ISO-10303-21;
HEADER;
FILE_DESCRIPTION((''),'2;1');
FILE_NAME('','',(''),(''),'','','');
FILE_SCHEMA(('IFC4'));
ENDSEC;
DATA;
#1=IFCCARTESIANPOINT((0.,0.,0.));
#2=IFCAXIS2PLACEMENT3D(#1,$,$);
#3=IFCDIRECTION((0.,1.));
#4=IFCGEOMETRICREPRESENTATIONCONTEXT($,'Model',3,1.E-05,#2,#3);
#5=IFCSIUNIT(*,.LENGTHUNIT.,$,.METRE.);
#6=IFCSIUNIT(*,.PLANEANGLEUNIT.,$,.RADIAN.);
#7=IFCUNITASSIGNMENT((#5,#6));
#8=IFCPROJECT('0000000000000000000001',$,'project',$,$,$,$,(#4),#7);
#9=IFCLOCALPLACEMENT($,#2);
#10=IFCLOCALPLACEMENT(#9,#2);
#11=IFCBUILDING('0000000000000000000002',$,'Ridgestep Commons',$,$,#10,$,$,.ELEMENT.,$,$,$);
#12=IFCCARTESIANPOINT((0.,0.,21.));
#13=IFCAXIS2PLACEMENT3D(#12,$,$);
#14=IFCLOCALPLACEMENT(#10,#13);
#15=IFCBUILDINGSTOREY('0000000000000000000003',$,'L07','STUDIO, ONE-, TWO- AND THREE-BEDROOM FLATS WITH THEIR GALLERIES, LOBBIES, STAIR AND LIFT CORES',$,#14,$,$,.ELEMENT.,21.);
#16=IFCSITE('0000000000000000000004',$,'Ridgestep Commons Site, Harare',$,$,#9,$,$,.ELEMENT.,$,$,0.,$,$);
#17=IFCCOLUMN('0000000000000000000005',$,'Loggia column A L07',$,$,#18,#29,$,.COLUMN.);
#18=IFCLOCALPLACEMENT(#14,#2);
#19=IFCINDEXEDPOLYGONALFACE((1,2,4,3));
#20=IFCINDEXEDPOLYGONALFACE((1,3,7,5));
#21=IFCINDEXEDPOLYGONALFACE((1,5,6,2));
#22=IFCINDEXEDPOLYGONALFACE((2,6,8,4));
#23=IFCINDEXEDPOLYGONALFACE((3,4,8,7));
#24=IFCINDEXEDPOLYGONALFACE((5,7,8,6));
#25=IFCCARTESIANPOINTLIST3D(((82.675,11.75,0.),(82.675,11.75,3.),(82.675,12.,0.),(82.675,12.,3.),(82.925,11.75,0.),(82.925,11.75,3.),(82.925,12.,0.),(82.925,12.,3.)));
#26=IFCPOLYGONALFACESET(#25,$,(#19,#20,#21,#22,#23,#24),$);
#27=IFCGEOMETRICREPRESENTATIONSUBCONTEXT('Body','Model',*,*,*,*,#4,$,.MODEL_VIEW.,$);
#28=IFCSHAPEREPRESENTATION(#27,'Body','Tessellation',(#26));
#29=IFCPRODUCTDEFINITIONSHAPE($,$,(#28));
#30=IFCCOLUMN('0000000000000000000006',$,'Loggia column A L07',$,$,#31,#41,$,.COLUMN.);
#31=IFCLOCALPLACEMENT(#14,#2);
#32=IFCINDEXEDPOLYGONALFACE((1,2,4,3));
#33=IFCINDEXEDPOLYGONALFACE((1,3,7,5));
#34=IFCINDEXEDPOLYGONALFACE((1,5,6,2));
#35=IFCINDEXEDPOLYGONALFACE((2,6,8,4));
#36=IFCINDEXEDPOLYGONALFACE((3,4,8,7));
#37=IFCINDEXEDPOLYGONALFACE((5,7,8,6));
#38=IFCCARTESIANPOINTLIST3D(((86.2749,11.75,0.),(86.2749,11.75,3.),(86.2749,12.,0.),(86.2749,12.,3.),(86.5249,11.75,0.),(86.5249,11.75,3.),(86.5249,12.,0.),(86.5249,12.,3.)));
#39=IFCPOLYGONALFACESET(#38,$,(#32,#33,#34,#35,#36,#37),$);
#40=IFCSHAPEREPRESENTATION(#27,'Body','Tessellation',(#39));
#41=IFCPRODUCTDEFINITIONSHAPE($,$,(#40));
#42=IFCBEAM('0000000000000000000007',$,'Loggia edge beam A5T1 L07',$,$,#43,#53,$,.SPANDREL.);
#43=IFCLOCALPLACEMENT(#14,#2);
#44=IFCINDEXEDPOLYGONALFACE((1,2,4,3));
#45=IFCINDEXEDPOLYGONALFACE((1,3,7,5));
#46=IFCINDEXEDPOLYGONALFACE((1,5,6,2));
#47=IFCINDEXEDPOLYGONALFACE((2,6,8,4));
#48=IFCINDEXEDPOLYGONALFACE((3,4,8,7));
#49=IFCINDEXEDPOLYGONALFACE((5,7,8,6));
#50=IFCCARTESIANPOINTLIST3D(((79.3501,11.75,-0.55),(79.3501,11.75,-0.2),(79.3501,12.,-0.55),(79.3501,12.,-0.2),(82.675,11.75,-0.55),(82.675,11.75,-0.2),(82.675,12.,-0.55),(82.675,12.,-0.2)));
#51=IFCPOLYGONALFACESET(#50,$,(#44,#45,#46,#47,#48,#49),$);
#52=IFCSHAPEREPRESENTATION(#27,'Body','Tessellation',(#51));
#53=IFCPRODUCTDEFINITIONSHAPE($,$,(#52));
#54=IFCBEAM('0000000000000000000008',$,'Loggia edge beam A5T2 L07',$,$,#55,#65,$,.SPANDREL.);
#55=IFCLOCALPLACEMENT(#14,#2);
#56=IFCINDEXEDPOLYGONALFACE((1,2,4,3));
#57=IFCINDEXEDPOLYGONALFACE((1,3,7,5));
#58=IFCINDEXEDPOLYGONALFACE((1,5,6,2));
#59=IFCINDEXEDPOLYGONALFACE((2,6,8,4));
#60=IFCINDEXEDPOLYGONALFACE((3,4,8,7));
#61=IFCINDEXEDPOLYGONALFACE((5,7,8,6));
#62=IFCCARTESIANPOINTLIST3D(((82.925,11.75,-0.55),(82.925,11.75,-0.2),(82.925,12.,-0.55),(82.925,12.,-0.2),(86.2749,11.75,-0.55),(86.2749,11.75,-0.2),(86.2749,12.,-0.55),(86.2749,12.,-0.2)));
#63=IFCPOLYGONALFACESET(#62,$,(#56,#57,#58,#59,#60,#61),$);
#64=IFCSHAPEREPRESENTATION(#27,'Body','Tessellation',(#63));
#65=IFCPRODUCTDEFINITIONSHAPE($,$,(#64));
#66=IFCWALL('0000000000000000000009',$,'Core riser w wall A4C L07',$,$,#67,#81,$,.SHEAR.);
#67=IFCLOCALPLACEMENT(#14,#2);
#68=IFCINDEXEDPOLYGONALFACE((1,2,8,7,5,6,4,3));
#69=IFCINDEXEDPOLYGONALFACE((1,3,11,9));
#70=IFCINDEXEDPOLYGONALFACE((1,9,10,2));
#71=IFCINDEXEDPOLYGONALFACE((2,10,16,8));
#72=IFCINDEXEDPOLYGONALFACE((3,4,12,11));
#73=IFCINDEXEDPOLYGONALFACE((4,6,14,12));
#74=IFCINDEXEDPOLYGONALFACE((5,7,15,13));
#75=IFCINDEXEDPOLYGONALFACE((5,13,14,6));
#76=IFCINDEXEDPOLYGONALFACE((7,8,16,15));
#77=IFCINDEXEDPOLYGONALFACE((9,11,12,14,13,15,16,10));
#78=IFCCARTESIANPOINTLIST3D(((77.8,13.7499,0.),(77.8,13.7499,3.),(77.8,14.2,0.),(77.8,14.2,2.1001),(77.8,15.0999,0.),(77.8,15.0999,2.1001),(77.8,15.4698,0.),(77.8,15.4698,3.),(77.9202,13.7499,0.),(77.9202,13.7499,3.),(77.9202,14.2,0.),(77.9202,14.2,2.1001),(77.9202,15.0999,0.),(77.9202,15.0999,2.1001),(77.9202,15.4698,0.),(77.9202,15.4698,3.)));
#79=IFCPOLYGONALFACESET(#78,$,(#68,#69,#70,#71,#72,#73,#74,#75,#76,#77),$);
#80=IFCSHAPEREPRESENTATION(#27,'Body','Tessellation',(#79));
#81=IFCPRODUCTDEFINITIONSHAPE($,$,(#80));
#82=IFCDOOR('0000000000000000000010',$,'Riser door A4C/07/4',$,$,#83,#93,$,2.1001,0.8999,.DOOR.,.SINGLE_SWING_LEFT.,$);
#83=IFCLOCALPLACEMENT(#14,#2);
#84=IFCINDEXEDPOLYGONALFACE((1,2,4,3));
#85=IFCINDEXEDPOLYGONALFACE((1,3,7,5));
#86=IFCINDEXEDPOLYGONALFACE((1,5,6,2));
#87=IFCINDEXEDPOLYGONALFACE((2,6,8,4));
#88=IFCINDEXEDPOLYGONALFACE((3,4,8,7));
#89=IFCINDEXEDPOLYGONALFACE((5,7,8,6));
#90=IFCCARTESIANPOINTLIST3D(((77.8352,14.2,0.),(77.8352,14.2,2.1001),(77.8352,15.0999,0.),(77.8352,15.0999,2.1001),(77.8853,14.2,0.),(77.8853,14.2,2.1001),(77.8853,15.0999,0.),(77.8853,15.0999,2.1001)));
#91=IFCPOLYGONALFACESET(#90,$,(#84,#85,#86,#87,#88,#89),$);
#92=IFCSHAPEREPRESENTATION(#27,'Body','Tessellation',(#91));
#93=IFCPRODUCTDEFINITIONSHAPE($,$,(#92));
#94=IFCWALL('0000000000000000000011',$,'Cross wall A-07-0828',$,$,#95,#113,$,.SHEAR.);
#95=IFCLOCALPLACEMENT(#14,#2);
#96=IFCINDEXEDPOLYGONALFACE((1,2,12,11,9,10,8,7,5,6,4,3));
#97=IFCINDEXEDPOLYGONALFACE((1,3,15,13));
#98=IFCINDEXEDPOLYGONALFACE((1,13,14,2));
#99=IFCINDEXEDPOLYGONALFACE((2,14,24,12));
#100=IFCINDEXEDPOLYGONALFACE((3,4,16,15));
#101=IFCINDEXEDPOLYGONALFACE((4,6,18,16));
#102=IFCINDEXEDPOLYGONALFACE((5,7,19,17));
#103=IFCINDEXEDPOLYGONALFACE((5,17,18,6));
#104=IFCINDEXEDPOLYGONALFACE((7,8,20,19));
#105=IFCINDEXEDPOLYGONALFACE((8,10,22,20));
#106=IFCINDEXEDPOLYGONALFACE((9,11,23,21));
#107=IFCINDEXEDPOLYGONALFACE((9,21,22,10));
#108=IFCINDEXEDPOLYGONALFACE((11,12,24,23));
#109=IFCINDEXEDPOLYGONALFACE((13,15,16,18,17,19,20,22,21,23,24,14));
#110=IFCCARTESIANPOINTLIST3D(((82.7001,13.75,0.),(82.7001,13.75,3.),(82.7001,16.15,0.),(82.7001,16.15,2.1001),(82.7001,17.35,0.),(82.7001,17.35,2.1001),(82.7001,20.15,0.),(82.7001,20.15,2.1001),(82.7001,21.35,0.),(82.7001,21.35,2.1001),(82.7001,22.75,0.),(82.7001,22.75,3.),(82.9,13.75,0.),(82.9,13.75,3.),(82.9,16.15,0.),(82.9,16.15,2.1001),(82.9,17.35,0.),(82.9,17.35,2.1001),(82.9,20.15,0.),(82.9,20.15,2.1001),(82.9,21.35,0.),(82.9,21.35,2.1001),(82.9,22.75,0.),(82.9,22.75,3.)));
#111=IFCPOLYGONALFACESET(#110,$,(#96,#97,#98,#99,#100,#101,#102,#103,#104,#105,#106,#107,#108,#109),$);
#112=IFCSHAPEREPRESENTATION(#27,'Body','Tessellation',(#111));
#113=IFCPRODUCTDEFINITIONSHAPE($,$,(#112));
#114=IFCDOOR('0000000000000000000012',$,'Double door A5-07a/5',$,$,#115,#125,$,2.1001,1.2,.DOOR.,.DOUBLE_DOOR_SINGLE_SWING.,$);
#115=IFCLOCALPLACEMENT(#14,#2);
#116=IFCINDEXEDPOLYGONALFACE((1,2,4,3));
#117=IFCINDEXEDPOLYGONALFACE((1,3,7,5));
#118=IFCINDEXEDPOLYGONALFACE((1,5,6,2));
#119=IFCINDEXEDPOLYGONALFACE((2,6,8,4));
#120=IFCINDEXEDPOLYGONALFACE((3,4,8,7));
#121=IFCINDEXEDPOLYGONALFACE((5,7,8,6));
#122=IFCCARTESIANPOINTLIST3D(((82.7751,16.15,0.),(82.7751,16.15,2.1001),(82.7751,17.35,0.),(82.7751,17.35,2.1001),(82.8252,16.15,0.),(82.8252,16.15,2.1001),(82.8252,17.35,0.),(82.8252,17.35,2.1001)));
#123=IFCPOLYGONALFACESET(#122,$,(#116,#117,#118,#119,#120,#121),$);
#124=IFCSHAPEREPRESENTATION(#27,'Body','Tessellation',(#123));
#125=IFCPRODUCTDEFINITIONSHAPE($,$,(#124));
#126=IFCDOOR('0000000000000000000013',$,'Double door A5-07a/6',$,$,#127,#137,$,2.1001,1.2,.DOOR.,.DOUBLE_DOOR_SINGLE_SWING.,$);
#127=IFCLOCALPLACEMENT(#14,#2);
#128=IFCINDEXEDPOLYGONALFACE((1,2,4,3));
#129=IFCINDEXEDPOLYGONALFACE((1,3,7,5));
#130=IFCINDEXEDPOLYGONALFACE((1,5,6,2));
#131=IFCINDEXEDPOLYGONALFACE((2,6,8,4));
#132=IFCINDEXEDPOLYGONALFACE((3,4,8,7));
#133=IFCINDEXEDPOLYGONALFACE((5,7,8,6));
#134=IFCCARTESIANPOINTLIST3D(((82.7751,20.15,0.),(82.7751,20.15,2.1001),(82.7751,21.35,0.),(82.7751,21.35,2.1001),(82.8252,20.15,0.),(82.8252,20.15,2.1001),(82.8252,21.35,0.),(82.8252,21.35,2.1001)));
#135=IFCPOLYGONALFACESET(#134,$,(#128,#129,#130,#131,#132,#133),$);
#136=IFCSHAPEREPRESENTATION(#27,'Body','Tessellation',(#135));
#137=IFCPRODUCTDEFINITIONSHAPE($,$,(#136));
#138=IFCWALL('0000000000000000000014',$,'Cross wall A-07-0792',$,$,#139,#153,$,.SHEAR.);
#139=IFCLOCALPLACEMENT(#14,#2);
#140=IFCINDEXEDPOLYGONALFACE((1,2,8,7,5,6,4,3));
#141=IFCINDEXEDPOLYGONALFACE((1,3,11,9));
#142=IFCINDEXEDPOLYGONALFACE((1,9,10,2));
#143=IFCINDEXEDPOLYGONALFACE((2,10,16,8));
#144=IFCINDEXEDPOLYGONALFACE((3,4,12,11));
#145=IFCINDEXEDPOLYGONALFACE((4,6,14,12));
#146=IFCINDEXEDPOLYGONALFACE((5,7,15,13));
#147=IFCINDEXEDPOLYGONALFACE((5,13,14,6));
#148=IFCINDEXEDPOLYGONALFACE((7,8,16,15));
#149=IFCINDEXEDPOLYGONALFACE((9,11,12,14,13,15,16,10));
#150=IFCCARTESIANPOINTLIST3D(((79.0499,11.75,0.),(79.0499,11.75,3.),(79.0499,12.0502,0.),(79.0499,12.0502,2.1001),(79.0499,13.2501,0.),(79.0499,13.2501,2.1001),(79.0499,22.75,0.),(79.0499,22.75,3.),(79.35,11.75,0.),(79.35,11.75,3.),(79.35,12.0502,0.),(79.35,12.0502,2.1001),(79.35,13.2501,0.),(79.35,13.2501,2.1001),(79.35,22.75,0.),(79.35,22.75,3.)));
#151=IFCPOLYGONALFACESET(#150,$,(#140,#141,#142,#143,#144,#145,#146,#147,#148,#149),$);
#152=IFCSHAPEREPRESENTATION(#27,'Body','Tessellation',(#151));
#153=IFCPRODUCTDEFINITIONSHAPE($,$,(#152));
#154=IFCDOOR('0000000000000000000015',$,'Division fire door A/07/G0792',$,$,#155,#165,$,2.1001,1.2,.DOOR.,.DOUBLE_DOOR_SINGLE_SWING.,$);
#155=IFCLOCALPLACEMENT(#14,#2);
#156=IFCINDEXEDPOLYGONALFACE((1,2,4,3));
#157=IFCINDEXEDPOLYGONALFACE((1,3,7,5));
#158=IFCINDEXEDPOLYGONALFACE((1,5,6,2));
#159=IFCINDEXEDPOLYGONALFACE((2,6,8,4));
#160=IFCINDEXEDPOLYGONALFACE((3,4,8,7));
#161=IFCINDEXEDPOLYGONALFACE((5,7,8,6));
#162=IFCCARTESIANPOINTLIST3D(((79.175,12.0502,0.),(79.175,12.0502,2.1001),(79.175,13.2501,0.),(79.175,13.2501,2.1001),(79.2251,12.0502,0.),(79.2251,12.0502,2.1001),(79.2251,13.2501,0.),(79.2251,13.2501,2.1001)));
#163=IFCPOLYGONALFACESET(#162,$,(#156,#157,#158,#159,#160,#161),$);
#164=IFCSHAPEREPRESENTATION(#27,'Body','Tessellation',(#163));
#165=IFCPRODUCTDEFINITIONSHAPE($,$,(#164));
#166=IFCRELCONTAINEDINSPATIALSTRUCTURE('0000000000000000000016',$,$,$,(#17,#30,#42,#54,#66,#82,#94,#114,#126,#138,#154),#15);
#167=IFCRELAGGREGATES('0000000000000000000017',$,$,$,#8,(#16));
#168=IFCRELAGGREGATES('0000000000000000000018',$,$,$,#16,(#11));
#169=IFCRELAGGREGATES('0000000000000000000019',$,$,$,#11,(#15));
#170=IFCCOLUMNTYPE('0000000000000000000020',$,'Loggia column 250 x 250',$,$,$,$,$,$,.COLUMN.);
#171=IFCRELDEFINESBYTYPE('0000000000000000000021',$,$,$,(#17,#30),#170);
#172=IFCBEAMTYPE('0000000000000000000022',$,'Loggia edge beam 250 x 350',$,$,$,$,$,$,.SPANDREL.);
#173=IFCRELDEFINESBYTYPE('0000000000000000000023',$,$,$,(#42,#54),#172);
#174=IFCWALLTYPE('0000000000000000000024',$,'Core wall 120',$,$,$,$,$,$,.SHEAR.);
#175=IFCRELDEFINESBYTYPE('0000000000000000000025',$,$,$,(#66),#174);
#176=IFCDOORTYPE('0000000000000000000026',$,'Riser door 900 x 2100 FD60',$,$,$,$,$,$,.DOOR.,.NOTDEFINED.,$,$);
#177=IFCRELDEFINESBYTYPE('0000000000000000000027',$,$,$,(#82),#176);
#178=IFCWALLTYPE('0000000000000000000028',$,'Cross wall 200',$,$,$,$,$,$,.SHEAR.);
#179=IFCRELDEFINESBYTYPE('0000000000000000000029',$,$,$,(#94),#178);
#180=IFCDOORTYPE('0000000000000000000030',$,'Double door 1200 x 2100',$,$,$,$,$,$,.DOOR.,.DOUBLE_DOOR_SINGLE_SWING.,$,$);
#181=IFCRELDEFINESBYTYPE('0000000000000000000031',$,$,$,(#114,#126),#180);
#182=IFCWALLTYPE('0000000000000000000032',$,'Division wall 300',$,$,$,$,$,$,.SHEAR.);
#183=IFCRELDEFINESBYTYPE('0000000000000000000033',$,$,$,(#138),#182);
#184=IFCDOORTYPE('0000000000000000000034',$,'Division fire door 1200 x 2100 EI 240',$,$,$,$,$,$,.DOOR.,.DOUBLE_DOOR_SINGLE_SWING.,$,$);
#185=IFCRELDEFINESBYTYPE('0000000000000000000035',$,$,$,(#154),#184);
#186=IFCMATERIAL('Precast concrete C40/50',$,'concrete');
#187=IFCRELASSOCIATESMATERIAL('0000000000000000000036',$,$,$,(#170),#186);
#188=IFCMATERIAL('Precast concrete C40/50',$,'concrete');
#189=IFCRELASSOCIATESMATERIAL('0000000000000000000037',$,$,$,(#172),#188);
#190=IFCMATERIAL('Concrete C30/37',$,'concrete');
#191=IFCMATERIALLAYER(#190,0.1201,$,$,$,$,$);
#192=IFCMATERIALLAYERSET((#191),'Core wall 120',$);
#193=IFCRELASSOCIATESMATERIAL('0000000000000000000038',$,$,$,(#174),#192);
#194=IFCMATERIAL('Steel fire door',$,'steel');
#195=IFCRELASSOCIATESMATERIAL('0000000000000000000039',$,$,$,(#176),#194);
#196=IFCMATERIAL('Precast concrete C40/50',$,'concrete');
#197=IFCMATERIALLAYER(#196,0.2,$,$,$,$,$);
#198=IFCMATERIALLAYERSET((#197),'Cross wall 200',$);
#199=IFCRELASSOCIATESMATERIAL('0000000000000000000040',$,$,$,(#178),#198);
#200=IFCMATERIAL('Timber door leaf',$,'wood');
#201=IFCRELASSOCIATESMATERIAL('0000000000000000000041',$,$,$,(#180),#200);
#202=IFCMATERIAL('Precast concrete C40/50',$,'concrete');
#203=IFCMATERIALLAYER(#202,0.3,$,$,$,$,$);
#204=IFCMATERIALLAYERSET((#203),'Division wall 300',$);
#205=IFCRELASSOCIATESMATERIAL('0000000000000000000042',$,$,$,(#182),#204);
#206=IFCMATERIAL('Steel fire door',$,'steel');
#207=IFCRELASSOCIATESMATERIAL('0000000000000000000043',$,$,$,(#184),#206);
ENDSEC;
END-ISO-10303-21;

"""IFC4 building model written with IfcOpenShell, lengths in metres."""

from ifc_helpers import new_model, si_unit, direction, frame, frame_2d, origin, origin_2d, place, context, subcontext, project, spatial, rectangle, extrude, material, layer, layer_set, material_profile, profile_set, type_object, element, fill, save


model = new_model("IFC4")

# Units and contexts
model_context = context("Model", 3, precision=1e-05, world=origin(), true_north=direction((0.0, 1.0)))
body_context = subcontext(model_context, "Body", "Model", "MODEL_VIEW")
ifc_project = project(units=[si_unit("LENGTHUNIT", "METRE"), si_unit("PLANEANGLEUNIT", "RADIAN")], contexts=[model_context])

# Site, building, storey
site_placement = place(None, origin())
site = spatial("IfcSite", under=ifc_project, at=site_placement, Name="Ridgestep Commons Site, Harare", CompositionType="ELEMENT", RefElevation=0.0)
building_placement = place(site_placement, origin())
building = spatial("IfcBuilding", under=site, at=building_placement, Name="Ridgestep Commons", CompositionType="ELEMENT")
storey_placement = place(building_placement, frame((0.0, 0.0, 21.0)))
storey = spatial("IfcBuildingStorey", under=building, at=storey_placement, Name="L07", Description="STUDIO, ONE-, TWO- AND THREE-BEDROOM FLATS WITH THEIR GALLERIES, LOBBIES, STAIR AND LIFT CORES", CompositionType="ELEMENT", Elevation=21.0)

# Columns
ifc_material_1 = material(Name="Precast concrete C40/50", Category="concrete")
ifc_material_profile_1 = material_profile(ifc_material_1, rectangle(XDim=0.25, YDim=0.25, at=origin_2d()), Name="PC 250x250")
ifc_profile_set_1 = profile_set([ifc_material_profile_1], Name="Precast concrete C40/50")
column_type = type_object("IfcColumnType", Name="Loggia column 250 x 250", PredefinedType="COLUMN", material=ifc_profile_set_1)
for number, where, z_axis, x_axis, name in (
    (1, (82.8, 11.875, 0.0), (0.0, 0.0, 1.0), (1.0, 0.0, 0.0), "Loggia column A L07"),
    (2, (86.3999, 11.875, 0.0), (0.0, 0.0, 1.0), (1.0, 0.0, 0.0), "Loggia column A L07"),
):
    element("IfcColumn", number, at=place(storey_placement, frame(where, z_axis=z_axis, x_axis=x_axis)), inside=storey, type_object=column_type, Name=name, PredefinedType="COLUMN", context=body_context, shape_type="SweptSolid", body=[
        extrude(rectangle(XDim=0.25, YDim=0.25, at=origin_2d()), origin(), (0.0, 0.0, 1.0), 3.0),
    ])

# Beams
ifc_material_2 = material(Name="Precast concrete C40/50", Category="concrete")
ifc_material_profile_2 = material_profile(ifc_material_2, rectangle(XDim=0.25, YDim=0.3501, at=origin_2d()), Name="PC 250x350")
ifc_profile_set_2 = profile_set([ifc_material_profile_2], Name="Precast concrete C40/50")
beam_type = type_object("IfcBeamType", Name="Loggia edge beam 250 x 350", PredefinedType="SPANDREL", material=ifc_profile_set_2)
beam_1_placement = place(storey_placement, frame((79.3501, 11.875, -0.375), z_axis=(1.0, 0.0, 0.0), x_axis=(0.0, 1.0, 0.0)))
element("IfcBeam", 3, at=beam_1_placement, inside=storey, type_object=beam_type, Name="Loggia edge beam A5T1 L07", PredefinedType="SPANDREL", context=body_context, shape_type="SweptSolid", body=[
    extrude(rectangle(XDim=0.25, YDim=0.3501, at=origin_2d()), origin(), (0.0, 0.0, 1.0), 3.325),
])
beam_2_placement = place(storey_placement, frame((82.925, 11.875, -0.375), z_axis=(1.0, 0.0, 0.0), x_axis=(0.0, 1.0, 0.0)))
element("IfcBeam", 4, at=beam_2_placement, inside=storey, type_object=beam_type, Name="Loggia edge beam A5T2 L07", PredefinedType="SPANDREL", context=body_context, shape_type="SweptSolid", body=[
    extrude(rectangle(XDim=0.25, YDim=0.3501, at=origin_2d()), origin(), (0.0, 0.0, 1.0), 3.3499),
])

# Wall, opening, door
ifc_material_3 = material(Name="Concrete C30/37", Category="concrete")
ifc_layer_1 = layer(ifc_material_3, 0.1201)
ifc_layer_set_1 = layer_set([ifc_layer_1], Name="Core wall 120")
wall_type_1 = type_object("IfcWallType", Name="Core wall 120", PredefinedType="SHEAR", material=ifc_layer_set_1)
wall_1_placement = place(storey_placement, frame((77.8601, 13.75, 0.0), z_axis=(0.0, 0.0, 1.0), x_axis=(0.0, 1.0, 0.0)))
wall_1 = element("IfcWall", 5, at=wall_1_placement, inside=storey, type_object=wall_type_1, Name="Core riser w wall A4C L07", PredefinedType="SHEAR", context=body_context, shape_type="SweptSolid", body=[
    extrude(rectangle(XDim=1.72, YDim=0.1201, at=frame_2d((0.8599, 0.0))), origin(), (0.0, 0.0, 1.0), 3.0),
])
opening_1_placement = place(wall_1_placement, frame((0.45, 0.0, 0.0)))
opening_1 = element("IfcOpeningElement", 6, at=opening_1_placement, cuts=wall_1, PredefinedType="OPENING", context=body_context, shape_type="SweptSolid", body=[
    extrude(rectangle(XDim=0.8999, YDim=2.1001, at=frame_2d((0.45, 1.05))), frame((0.0, 0.0701, 0.0), z_axis=(0.0, -1.0, 0.0), x_axis=(1.0, 0.0, 0.0)), (0.0, 0.0, 1.0), 0.1401),
])
ifc_material_4 = material(Name="Steel fire door", Category="steel")
door_type_1 = type_object("IfcDoorType", Name="Riser door 900 x 2100 FD60", OperationType="NOTDEFINED", PredefinedType="DOOR", material=ifc_material_4)
door_1_placement = place(opening_1_placement, origin())
door_1 = element("IfcDoor", 7, at=door_1_placement, inside=storey, type_object=door_type_1, Name="Riser door A4C/07/4", OperationType="SINGLE_SWING_LEFT", OverallHeight=2.1001, OverallWidth=0.8999, PredefinedType="DOOR", context=body_context, shape_type="SweptSolid", body=[
    extrude(rectangle(XDim=0.8999, YDim=2.1001, at=frame_2d((0.45, 1.05))), frame((0.0, 0.0249, 0.0), z_axis=(0.0, -1.0, 0.0), x_axis=(1.0, 0.0, 0.0)), (0.0, 0.0, 1.0), 0.05),
])
fill(opening_1, door_1)

# Wall, openings, doors
ifc_material_5 = material(Name="Precast concrete C40/50", Category="concrete")
ifc_layer_2 = layer(ifc_material_5, 0.2)
ifc_layer_set_2 = layer_set([ifc_layer_2], Name="Cross wall 200")
wall_type_2 = type_object("IfcWallType", Name="Cross wall 200", PredefinedType="SHEAR", material=ifc_layer_set_2)
wall_2_placement = place(storey_placement, frame((82.8, 13.75, 0.0), z_axis=(0.0, 0.0, 1.0), x_axis=(0.0, 1.0, 0.0)))
wall_2 = element("IfcWall", 8, at=wall_2_placement, inside=storey, type_object=wall_type_2, Name="Cross wall A-07-0828", PredefinedType="SHEAR", context=body_context, shape_type="SweptSolid", body=[
    extrude(rectangle(XDim=9.0, YDim=0.2, at=frame_2d((4.5, 0.0))), origin(), (0.0, 0.0, 1.0), 3.0),
])
opening_2_placement = place(wall_2_placement, frame((2.3999, 0.0, 0.0)))
opening_2 = element("IfcOpeningElement", 9, at=opening_2_placement, cuts=wall_2, PredefinedType="OPENING", context=body_context, shape_type="SweptSolid", body=[
    extrude(rectangle(XDim=1.2, YDim=2.1001, at=frame_2d((0.6001, 1.05))), frame((0.0, 0.1099, 0.0), z_axis=(0.0, -1.0, 0.0), x_axis=(1.0, 0.0, 0.0)), (0.0, 0.0, 1.0), 0.22),
])
opening_3_placement = place(wall_2_placement, frame((6.3999, 0.0, 0.0)))
opening_3 = element("IfcOpeningElement", 10, at=opening_3_placement, cuts=wall_2, PredefinedType="OPENING", context=body_context, shape_type="SweptSolid", body=[
    extrude(rectangle(XDim=1.2, YDim=2.1001, at=frame_2d((0.6001, 1.05))), frame((0.0, 0.1099, 0.0), z_axis=(0.0, -1.0, 0.0), x_axis=(1.0, 0.0, 0.0)), (0.0, 0.0, 1.0), 0.22),
])
ifc_material_6 = material(Name="Timber door leaf", Category="wood")
door_type_2 = type_object("IfcDoorType", Name="Double door 1200 x 2100", OperationType="DOUBLE_DOOR_SINGLE_SWING", PredefinedType="DOOR", material=ifc_material_6)
door_2_placement = place(opening_2_placement, origin())
door_2 = element("IfcDoor", 11, at=door_2_placement, inside=storey, type_object=door_type_2, Name="Double door A5-07a/5", OperationType="DOUBLE_DOOR_SINGLE_SWING", OverallHeight=2.1001, OverallWidth=1.2, PredefinedType="DOOR", context=body_context, shape_type="SweptSolid", body=[
    extrude(rectangle(XDim=1.2, YDim=2.1001, at=frame_2d((0.6001, 1.05))), frame((0.0, 0.0249, 0.0), z_axis=(0.0, -1.0, 0.0), x_axis=(1.0, 0.0, 0.0)), (0.0, 0.0, 1.0), 0.05),
])
fill(opening_2, door_2)
door_3_placement = place(opening_3_placement, origin())
door_3 = element("IfcDoor", 12, at=door_3_placement, inside=storey, type_object=door_type_2, Name="Double door A5-07a/6", OperationType="DOUBLE_DOOR_SINGLE_SWING", OverallHeight=2.1001, OverallWidth=1.2, PredefinedType="DOOR", context=body_context, shape_type="SweptSolid", body=[
    extrude(rectangle(XDim=1.2, YDim=2.1001, at=frame_2d((0.6001, 1.05))), frame((0.0, 0.0249, 0.0), z_axis=(0.0, -1.0, 0.0), x_axis=(1.0, 0.0, 0.0)), (0.0, 0.0, 1.0), 0.05),
])
fill(opening_3, door_3)

# Wall, opening, door
ifc_material_7 = material(Name="Precast concrete C40/50", Category="concrete")
ifc_layer_3 = layer(ifc_material_7, 0.3)
ifc_layer_set_3 = layer_set([ifc_layer_3], Name="Division wall 300")
wall_type_3 = type_object("IfcWallType", Name="Division wall 300", PredefinedType="SHEAR", material=ifc_layer_set_3)
wall_3_placement = place(storey_placement, frame((79.2, 11.75, 0.0), z_axis=(0.0, 0.0, 1.0), x_axis=(0.0, 1.0, 0.0)))
wall_3 = element("IfcWall", 13, at=wall_3_placement, inside=storey, type_object=wall_type_3, Name="Cross wall A-07-0792", PredefinedType="SHEAR", context=body_context, shape_type="SweptSolid", body=[
    extrude(rectangle(XDim=11.0, YDim=0.3, at=frame_2d((5.5, 0.0))), origin(), (0.0, 0.0, 1.0), 3.0),
])
opening_4_placement = place(wall_3_placement, frame((0.3, 0.0, 0.0)))
opening_4 = element("IfcOpeningElement", 14, at=opening_4_placement, cuts=wall_3, PredefinedType="OPENING", context=body_context, shape_type="SweptSolid", body=[
    extrude(rectangle(XDim=1.2, YDim=2.1001, at=frame_2d((0.6001, 1.05))), frame((0.0, 0.1599, 0.0), z_axis=(0.0, -1.0, 0.0), x_axis=(1.0, 0.0, 0.0)), (0.0, 0.0, 1.0), 0.3201),
])
ifc_material_8 = material(Name="Steel fire door", Category="steel")
door_type_3 = type_object("IfcDoorType", Name="Division fire door 1200 x 2100 EI 240", OperationType="DOUBLE_DOOR_SINGLE_SWING", PredefinedType="DOOR", material=ifc_material_8)
door_4_placement = place(opening_4_placement, origin())
door_4 = element("IfcDoor", 15, at=door_4_placement, inside=storey, type_object=door_type_3, Name="Division fire door A/07/G0792", OperationType="DOUBLE_DOOR_SINGLE_SWING", OverallHeight=2.1001, OverallWidth=1.2, PredefinedType="DOOR", context=body_context, shape_type="SweptSolid", body=[
    extrude(rectangle(XDim=1.2, YDim=2.1001, at=frame_2d((0.6001, 1.05))), frame((0.0, 0.0249, 0.0), z_axis=(0.0, -1.0, 0.0), x_axis=(1.0, 0.0, 0.0)), (0.0, 0.0, 1.0), 0.05),
])
fill(opening_4, door_4)

save(model, "model.ifc")
